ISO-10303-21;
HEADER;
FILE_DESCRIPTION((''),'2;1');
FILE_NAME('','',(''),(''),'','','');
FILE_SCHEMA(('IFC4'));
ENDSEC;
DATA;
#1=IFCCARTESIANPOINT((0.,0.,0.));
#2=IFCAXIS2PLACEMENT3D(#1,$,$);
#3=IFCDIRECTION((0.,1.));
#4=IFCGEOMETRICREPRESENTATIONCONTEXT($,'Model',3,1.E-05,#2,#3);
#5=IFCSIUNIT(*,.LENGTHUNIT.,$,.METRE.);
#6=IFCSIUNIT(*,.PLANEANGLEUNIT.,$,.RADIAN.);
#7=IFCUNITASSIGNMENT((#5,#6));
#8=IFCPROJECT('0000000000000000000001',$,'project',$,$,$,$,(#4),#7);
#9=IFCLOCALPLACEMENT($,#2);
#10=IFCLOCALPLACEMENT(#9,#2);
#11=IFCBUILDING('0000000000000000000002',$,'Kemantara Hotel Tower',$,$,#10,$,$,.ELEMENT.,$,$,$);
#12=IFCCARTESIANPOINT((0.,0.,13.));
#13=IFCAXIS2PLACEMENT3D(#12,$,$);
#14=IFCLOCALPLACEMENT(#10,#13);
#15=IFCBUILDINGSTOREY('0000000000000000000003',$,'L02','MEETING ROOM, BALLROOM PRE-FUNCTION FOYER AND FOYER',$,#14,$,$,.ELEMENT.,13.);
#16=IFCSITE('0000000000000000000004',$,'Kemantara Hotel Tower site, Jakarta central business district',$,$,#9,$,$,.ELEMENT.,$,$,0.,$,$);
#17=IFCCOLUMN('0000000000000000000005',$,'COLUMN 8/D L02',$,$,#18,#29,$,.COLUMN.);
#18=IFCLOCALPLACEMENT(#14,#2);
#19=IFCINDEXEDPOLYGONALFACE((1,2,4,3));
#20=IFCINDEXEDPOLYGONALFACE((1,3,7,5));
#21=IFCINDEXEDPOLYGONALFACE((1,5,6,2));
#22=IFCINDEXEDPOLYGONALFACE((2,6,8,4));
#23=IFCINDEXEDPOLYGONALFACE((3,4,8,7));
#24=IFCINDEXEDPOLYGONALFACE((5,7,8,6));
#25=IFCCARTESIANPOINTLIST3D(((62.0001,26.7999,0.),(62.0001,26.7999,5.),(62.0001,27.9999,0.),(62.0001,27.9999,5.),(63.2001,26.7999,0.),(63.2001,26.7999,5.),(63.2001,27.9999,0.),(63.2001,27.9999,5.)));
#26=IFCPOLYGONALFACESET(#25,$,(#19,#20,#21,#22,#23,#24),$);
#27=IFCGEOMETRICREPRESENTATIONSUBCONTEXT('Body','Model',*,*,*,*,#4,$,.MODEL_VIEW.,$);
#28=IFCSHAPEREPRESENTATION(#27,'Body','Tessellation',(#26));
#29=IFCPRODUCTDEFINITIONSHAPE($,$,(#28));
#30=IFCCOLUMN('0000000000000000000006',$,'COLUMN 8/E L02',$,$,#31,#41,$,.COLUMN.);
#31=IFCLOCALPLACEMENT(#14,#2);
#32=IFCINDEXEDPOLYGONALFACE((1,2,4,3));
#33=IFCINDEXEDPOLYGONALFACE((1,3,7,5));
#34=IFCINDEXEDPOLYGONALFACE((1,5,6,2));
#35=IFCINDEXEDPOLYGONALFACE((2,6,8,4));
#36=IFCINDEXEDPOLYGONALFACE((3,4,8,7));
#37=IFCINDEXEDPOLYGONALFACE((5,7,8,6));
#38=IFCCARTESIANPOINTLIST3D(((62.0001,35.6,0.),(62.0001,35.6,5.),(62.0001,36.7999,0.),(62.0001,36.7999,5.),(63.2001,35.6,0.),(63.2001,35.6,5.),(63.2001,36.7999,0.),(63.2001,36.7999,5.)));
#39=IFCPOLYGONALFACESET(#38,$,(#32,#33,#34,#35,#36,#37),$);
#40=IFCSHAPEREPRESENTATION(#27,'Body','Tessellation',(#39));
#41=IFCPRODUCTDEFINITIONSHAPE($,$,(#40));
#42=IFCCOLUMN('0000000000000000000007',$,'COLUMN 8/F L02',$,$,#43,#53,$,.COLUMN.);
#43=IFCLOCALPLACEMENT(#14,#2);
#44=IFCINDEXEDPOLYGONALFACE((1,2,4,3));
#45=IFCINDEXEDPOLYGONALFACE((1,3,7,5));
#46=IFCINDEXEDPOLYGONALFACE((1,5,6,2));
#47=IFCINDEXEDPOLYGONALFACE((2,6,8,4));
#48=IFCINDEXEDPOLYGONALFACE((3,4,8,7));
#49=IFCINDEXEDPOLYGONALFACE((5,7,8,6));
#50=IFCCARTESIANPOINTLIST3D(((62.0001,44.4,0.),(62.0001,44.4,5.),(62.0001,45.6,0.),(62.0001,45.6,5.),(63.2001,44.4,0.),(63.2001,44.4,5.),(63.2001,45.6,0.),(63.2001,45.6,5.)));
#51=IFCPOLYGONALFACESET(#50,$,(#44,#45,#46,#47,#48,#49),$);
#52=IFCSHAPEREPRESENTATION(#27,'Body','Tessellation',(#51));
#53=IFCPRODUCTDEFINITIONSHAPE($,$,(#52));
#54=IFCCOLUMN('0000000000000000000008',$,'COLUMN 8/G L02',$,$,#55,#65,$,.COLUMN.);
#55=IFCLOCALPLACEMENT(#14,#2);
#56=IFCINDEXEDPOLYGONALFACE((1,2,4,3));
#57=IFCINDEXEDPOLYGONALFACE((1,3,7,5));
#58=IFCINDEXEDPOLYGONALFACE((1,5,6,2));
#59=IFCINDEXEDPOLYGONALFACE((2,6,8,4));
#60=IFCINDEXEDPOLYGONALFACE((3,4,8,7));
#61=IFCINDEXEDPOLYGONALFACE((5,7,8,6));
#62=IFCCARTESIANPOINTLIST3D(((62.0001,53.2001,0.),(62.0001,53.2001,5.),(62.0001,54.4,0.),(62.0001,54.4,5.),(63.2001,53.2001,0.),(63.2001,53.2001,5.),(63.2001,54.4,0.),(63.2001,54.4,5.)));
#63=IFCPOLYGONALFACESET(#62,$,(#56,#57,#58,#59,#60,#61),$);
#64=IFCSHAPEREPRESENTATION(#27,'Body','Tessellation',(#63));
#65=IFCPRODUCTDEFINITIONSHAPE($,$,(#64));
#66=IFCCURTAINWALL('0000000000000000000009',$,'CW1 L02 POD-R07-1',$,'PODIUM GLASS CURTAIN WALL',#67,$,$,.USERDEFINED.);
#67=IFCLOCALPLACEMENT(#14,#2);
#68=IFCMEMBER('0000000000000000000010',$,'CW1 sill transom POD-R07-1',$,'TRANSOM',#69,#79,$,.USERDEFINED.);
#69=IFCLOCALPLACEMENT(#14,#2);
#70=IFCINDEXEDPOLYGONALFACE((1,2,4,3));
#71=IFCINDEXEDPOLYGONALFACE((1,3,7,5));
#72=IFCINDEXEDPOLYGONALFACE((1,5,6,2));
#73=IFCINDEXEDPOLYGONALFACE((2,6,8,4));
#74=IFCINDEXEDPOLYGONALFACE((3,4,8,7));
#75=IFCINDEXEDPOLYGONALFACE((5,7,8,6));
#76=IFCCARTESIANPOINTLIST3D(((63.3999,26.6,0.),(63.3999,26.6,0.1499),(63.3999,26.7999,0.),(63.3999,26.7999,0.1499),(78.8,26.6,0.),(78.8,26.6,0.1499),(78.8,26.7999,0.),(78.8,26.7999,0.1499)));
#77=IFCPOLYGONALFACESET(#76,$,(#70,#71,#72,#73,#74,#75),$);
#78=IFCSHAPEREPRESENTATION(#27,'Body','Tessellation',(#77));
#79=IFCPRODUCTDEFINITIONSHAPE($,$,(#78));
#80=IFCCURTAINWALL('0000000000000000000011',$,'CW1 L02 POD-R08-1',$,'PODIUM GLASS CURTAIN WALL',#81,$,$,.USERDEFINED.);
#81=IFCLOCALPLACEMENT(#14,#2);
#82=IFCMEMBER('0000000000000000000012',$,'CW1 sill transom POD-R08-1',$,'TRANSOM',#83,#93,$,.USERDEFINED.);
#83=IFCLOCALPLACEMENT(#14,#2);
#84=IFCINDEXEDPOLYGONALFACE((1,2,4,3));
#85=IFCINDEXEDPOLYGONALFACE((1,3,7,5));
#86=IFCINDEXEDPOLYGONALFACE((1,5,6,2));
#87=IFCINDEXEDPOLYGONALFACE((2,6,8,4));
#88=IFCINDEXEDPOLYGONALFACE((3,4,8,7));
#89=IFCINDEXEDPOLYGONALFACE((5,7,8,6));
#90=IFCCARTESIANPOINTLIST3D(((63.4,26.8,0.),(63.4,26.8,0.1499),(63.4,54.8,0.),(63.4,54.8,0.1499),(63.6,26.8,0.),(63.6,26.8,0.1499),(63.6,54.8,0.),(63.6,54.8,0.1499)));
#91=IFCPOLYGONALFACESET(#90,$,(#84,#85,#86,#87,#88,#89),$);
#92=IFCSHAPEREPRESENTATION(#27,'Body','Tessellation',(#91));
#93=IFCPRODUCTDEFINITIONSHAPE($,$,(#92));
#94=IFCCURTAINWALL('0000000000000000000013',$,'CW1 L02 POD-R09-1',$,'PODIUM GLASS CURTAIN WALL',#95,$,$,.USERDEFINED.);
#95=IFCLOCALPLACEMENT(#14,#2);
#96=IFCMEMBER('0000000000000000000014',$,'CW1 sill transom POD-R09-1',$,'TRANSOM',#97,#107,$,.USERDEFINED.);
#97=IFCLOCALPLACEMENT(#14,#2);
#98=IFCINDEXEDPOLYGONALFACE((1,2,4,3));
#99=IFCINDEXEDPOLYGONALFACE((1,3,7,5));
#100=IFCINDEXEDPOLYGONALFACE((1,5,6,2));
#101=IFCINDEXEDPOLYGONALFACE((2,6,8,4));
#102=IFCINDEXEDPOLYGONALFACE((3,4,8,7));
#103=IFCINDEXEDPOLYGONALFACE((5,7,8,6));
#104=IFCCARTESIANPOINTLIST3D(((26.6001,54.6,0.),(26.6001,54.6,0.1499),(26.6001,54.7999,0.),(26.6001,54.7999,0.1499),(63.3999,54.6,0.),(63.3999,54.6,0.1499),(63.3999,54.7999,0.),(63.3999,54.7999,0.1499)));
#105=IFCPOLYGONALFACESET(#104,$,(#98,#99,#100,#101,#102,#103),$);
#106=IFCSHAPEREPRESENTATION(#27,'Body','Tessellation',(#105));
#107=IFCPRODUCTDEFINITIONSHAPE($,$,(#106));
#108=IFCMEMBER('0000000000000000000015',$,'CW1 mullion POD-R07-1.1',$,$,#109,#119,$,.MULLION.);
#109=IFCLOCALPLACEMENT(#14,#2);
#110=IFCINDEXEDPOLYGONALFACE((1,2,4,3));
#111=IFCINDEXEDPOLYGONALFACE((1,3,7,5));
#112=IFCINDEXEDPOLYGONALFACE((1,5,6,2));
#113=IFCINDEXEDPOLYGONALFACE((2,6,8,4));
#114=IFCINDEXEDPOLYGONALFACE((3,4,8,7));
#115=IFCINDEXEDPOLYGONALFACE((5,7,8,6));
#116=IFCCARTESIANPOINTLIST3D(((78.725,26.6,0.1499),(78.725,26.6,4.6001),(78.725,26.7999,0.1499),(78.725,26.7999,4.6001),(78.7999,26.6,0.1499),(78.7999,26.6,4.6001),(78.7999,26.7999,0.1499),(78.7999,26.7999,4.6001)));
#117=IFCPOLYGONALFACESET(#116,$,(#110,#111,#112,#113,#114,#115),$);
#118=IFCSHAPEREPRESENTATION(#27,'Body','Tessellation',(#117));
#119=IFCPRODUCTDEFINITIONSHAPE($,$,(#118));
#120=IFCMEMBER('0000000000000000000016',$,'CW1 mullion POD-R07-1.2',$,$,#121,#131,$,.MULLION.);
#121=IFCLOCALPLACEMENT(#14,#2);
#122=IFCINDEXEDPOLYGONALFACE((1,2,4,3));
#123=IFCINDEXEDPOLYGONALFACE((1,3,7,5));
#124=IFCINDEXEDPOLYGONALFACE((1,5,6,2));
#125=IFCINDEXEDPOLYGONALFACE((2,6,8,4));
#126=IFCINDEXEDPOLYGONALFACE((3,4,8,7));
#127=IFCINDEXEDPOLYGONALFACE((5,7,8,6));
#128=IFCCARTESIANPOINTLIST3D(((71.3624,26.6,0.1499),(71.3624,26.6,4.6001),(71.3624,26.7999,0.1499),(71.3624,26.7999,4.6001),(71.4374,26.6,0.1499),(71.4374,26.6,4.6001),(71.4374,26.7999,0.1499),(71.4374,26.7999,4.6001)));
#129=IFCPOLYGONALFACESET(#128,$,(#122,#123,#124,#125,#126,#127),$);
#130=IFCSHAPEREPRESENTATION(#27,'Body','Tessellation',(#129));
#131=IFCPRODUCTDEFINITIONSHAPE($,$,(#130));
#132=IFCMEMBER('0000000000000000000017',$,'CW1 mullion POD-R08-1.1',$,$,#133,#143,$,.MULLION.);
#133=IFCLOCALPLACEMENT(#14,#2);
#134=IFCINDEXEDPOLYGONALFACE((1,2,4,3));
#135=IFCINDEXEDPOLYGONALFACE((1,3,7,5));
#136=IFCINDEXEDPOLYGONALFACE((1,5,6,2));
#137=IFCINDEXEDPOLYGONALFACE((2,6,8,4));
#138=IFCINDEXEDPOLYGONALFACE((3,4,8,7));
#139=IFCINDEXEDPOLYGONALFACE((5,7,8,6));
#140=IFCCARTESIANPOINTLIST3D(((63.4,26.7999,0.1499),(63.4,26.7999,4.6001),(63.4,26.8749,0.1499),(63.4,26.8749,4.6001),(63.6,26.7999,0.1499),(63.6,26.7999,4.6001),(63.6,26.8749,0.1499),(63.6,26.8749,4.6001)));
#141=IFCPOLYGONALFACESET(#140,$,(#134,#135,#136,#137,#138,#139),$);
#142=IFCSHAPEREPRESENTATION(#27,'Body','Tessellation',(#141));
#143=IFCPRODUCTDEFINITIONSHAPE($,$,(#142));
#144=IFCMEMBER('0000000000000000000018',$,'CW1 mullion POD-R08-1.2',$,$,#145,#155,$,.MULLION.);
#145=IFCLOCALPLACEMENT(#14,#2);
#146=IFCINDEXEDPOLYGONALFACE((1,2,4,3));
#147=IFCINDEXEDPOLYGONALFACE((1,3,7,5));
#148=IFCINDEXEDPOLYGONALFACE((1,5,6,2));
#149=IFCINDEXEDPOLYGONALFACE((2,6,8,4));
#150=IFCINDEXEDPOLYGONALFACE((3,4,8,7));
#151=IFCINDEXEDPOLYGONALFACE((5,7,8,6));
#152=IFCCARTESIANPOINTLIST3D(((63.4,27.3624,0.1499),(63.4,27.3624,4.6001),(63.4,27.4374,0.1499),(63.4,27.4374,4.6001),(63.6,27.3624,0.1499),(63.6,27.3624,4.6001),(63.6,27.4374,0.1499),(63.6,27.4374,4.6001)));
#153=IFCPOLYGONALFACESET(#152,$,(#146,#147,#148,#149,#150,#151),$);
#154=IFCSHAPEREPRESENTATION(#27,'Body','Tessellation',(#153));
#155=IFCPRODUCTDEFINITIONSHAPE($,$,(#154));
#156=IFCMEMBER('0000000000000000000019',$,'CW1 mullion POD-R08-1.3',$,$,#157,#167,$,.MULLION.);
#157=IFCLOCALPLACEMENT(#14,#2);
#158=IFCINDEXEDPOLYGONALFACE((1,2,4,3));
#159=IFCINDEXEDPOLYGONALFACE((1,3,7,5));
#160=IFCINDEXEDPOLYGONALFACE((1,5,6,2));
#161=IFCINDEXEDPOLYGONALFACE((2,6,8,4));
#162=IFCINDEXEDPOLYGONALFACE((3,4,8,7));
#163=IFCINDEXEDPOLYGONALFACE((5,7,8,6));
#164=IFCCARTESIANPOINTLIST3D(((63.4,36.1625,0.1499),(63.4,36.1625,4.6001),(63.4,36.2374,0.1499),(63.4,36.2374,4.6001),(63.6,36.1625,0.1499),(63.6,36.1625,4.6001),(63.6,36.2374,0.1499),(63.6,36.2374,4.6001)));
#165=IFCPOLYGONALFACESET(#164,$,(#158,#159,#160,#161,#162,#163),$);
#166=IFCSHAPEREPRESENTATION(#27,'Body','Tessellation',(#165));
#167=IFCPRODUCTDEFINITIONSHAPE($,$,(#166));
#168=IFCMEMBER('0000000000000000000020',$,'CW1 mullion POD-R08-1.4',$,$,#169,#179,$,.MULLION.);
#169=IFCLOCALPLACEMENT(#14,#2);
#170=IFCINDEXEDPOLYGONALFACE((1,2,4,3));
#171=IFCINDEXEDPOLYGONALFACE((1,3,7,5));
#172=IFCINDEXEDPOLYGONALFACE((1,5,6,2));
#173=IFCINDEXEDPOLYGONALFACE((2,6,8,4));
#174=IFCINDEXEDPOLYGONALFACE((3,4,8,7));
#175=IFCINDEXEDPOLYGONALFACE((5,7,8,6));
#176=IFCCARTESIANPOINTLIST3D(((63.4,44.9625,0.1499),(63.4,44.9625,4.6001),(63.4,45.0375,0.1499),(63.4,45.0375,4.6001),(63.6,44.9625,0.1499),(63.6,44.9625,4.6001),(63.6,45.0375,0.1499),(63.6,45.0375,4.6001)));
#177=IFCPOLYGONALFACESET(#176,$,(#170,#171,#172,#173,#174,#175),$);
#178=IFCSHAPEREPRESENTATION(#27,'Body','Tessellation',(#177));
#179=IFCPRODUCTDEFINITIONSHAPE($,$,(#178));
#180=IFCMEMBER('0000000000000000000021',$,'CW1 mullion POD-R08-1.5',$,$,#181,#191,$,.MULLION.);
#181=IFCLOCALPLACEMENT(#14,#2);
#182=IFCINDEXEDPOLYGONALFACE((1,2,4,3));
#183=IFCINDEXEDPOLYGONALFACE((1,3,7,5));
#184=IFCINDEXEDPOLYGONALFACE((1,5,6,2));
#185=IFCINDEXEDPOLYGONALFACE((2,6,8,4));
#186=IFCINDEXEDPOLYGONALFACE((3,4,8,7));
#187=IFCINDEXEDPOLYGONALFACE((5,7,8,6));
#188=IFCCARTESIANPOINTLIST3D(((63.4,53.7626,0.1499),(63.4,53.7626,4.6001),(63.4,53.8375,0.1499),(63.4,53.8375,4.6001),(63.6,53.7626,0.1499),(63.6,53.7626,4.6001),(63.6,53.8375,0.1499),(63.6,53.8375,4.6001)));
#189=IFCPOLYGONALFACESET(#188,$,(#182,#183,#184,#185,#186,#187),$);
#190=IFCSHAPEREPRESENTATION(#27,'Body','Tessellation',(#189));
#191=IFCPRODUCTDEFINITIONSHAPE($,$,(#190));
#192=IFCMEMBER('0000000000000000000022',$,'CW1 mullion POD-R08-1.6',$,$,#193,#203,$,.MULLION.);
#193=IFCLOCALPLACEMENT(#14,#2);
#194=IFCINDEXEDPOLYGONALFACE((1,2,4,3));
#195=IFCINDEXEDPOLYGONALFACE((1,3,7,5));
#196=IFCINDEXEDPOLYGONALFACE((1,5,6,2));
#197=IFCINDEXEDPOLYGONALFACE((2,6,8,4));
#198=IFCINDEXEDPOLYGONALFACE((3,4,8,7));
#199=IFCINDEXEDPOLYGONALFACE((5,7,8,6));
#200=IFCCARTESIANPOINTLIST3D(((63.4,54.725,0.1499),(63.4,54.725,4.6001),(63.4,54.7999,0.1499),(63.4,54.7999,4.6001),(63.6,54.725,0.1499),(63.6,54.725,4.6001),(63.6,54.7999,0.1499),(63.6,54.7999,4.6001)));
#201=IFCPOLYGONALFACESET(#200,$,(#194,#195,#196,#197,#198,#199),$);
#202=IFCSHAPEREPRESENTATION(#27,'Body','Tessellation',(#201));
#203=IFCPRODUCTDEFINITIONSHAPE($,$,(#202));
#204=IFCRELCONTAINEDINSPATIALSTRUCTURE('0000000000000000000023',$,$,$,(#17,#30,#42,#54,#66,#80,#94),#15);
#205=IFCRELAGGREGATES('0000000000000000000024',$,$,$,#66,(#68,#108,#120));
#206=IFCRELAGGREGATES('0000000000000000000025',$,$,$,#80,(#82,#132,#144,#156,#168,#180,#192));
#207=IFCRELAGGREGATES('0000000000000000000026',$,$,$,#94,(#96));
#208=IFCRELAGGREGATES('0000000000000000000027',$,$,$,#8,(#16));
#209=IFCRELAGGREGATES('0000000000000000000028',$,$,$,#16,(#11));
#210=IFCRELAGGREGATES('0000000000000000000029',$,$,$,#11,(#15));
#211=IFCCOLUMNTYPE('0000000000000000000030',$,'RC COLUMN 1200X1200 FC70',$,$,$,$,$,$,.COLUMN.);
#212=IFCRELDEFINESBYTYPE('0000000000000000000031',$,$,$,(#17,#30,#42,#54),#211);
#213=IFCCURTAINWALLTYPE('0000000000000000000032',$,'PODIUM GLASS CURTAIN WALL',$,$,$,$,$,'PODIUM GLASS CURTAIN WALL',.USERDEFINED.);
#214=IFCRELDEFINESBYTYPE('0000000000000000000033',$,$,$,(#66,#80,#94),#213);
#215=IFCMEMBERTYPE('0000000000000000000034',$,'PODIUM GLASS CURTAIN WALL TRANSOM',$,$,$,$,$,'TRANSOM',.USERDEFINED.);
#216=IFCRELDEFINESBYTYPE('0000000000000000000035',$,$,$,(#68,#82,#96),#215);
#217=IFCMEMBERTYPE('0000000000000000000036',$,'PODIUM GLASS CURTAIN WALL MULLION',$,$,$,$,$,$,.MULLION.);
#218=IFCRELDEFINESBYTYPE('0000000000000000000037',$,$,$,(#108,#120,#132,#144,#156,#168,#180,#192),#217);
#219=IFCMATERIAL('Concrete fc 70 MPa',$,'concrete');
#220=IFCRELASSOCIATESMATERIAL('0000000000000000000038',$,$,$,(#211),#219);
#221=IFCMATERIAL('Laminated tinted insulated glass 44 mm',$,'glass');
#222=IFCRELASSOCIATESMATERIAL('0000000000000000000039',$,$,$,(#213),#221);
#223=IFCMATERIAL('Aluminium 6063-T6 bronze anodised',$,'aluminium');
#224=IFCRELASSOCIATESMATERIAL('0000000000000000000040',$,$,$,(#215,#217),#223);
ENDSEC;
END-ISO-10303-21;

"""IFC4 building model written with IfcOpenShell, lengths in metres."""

from ifc_helpers import new_model, si_unit, direction, frame, origin, origin_2d, place, context, subcontext, project, spatial, rectangle, extrude, source, transform, mapped, material, material_profile, profile_set, type_object, element, aggregate, save


model = new_model("IFC4")

# Units and contexts
model_context = context("Model", 3, precision=1e-05, world=origin(), true_north=direction((0.0, 1.0)))
body_context = subcontext(model_context, "Body", "Model", "MODEL_VIEW")
ifc_project = project(units=[si_unit("LENGTHUNIT", "METRE"), si_unit("PLANEANGLEUNIT", "RADIAN")], contexts=[model_context])

# Site, building, storey
site_placement = place(None, origin())
site = spatial("IfcSite", under=ifc_project, at=site_placement, Name="Kemantara Hotel Tower site, Jakarta central business district", CompositionType="ELEMENT", RefElevation=0.0)
building_placement = place(site_placement, origin())
building = spatial("IfcBuilding", under=site, at=building_placement, Name="Kemantara Hotel Tower", CompositionType="ELEMENT")
storey_placement = place(building_placement, frame((0.0, 0.0, 13.0)))
storey = spatial("IfcBuildingStorey", under=building, at=storey_placement, Name="L02", Description="MEETING ROOM, BALLROOM PRE-FUNCTION FOYER AND FOYER", CompositionType="ELEMENT", Elevation=13.0)

# Columns
ifc_material_1 = material(Name="Concrete fc 70 MPa", Category="concrete")
ifc_material_profile_1 = material_profile(ifc_material_1, rectangle(XDim=1.2, YDim=1.2, at=origin_2d()), Name="RC 1200X1200")
ifc_profile_set_1 = profile_set([ifc_material_profile_1], Name="Concrete fc 70 MPa")
column_type = type_object("IfcColumnType", Name="RC COLUMN 1200X1200 FC70", PredefinedType="COLUMN", material=ifc_profile_set_1)
for number, where, z_axis, x_axis, name in (
    (1, (62.6001, 27.3999, 0.0), (0.0, 0.0, 1.0), (1.0, 0.0, 0.0), "COLUMN 8/D L02"),
    (2, (62.6001, 36.2, 0.0), (0.0, 0.0, 1.0), (1.0, 0.0, 0.0), "COLUMN 8/E L02"),
    (3, (62.6001, 45.0, 0.0), (0.0, 0.0, 1.0), (1.0, 0.0, 0.0), "COLUMN 8/F L02"),
    (4, (62.6001, 53.8, 0.0), (0.0, 0.0, 1.0), (1.0, 0.0, 0.0), "COLUMN 8/G L02"),
):
    element("IfcColumn", number, at=place(storey_placement, frame(where, z_axis=z_axis, x_axis=x_axis)), inside=storey, type_object=column_type, Name=name, PredefinedType="COLUMN", context=body_context, shape_type="SweptSolid", body=[
        extrude(rectangle(XDim=1.2, YDim=1.2, at=origin_2d()), origin(), (0.0, 0.0, 1.0), 5.0),
    ])

# Curtain walls, members
ifc_material_2 = material(Name="Laminated tinted insulated glass 44 mm", Category="glass")
curtain_wall_type = type_object("IfcCurtainWallType", Name="PODIUM GLASS CURTAIN WALL", ElementType="PODIUM GLASS CURTAIN WALL", PredefinedType="USERDEFINED", material=ifc_material_2)
curtain_wall_1_placement = place(storey_placement, origin())
curtain_wall_1 = element("IfcCurtainWall", 5, at=curtain_wall_1_placement, inside=storey, type_object=curtain_wall_type, Name="CW1 L02 POD-R07-1", ObjectType="PODIUM GLASS CURTAIN WALL", PredefinedType="USERDEFINED")
ifc_material_3 = material(Name="Aluminium 6063-T6 bronze anodised", Category="aluminium")
ifc_material_profile_2 = material_profile(ifc_material_3, rectangle(XDim=0.2, YDim=0.1499, at=origin_2d()), Name="PODIUM GLASS CURTAIN WALL TRANSOM")
ifc_profile_set_2 = profile_set([ifc_material_profile_2], Name="Aluminium 6063-T6 bronze anodised")
member_type_1 = type_object("IfcMemberType", Name="PODIUM GLASS CURTAIN WALL TRANSOM", ElementType="TRANSOM", PredefinedType="USERDEFINED", material=ifc_profile_set_2)
member_1_placement = place(storey_placement, frame((78.8, 26.7, 0.075), z_axis=(-1.0, 0.0, 0.0), x_axis=(0.0, -1.0, 0.0)))
member_1 = element("IfcMember", 6, at=member_1_placement, type_object=member_type_1, Name="CW1 sill transom POD-R07-1", ObjectType="TRANSOM", PredefinedType="USERDEFINED", context=body_context, shape_type="SweptSolid", body=[
    extrude(rectangle(XDim=0.2, YDim=0.1499, at=origin_2d()), origin(), (0.0, 0.0, 1.0), 15.4001),
])
curtain_wall_2_placement = place(storey_placement, origin())
curtain_wall_2 = element("IfcCurtainWall", 7, at=curtain_wall_2_placement, inside=storey, type_object=curtain_wall_type, Name="CW1 L02 POD-R08-1", ObjectType="PODIUM GLASS CURTAIN WALL", PredefinedType="USERDEFINED")
member_2_placement = place(storey_placement, frame((63.5, 26.8, 0.075), z_axis=(0.0, 1.0, 0.0), x_axis=(-1.0, 0.0, 0.0)))
member_2 = element("IfcMember", 8, at=member_2_placement, type_object=member_type_1, Name="CW1 sill transom POD-R08-1", ObjectType="TRANSOM", PredefinedType="USERDEFINED", context=body_context, shape_type="SweptSolid", body=[
    extrude(rectangle(XDim=0.2, YDim=0.1499, at=origin_2d()), origin(), (0.0, 0.0, 1.0), 28.0),
])
curtain_wall_3_placement = place(storey_placement, origin())
curtain_wall_3 = element("IfcCurtainWall", 9, at=curtain_wall_3_placement, inside=storey, type_object=curtain_wall_type, Name="CW1 L02 POD-R09-1", ObjectType="PODIUM GLASS CURTAIN WALL", PredefinedType="USERDEFINED")
member_3_placement = place(storey_placement, frame((63.3999, 54.7, 0.075), z_axis=(-1.0, 0.0, 0.0), x_axis=(0.0, -1.0, 0.0)))
member_3 = element("IfcMember", 10, at=member_3_placement, type_object=member_type_1, Name="CW1 sill transom POD-R09-1", ObjectType="TRANSOM", PredefinedType="USERDEFINED", context=body_context, shape_type="SweptSolid", body=[
    extrude(rectangle(XDim=0.2, YDim=0.1499, at=origin_2d()), origin(), (0.0, 0.0, 1.0), 36.7998),
])

# Members
ifc_material_profile_3 = material_profile(ifc_material_3, rectangle(XDim=0.2, YDim=0.075, at=origin_2d()), Name="PODIUM GLASS CURTAIN WALL MULLION")
ifc_profile_set_3 = profile_set([ifc_material_profile_3], Name="Aluminium 6063-T6 bronze anodised")
member_type_2 = type_object("IfcMemberType", Name="PODIUM GLASS CURTAIN WALL MULLION", PredefinedType="MULLION", material=ifc_profile_set_3)
shared_shape_1 = source(origin(), body_context, "Body", "SweptSolid", [
    extrude(rectangle(XDim=0.2, YDim=0.075, at=origin_2d()), origin(), (0.0, 0.0, 1.0), 4.4502),
])
member_4_placement = place(storey_placement, frame((78.7625, 26.7, 0.1499), z_axis=(0.0, 0.0, 1.0), x_axis=(0.0, -1.0, 0.0)))
member_4 = element("IfcMember", 11, at=member_4_placement, type_object=member_type_2, Name="CW1 mullion POD-R07-1.1", PredefinedType="MULLION", context=body_context, shape_type="MappedRepresentation", body=[
    mapped(shared_shape_1, transform((0.0, 0.0, 0.0))),
])
member_5_placement = place(storey_placement, frame((71.3999, 26.7, 0.1499), z_axis=(0.0, 0.0, 1.0), x_axis=(0.0, -1.0, 0.0)))
member_5 = element("IfcMember", 12, at=member_5_placement, type_object=member_type_2, Name="CW1 mullion POD-R07-1.2", PredefinedType="MULLION", context=body_context, shape_type="MappedRepresentation", body=[
    mapped(shared_shape_1, transform((0.0, 0.0, 0.0))),
])
member_6_placement = place(storey_placement, frame((63.5, 26.8374, 0.1499), z_axis=(0.0, 0.0, 1.0), x_axis=(-1.0, 0.0, 0.0)))
member_6 = element("IfcMember", 13, at=member_6_placement, type_object=member_type_2, Name="CW1 mullion POD-R08-1.1", PredefinedType="MULLION", context=body_context, shape_type="MappedRepresentation", body=[
    mapped(shared_shape_1, transform((0.0, 0.0, 0.0))),
])
member_7_placement = place(storey_placement, frame((63.5, 27.3999, 0.1499), z_axis=(0.0, 0.0, 1.0), x_axis=(-1.0, 0.0, 0.0)))
member_7 = element("IfcMember", 14, at=member_7_placement, type_object=member_type_2, Name="CW1 mullion POD-R08-1.2", PredefinedType="MULLION", context=body_context, shape_type="MappedRepresentation", body=[
    mapped(shared_shape_1, transform((0.0, 0.0, 0.0))),
])
member_8_placement = place(storey_placement, frame((63.5, 36.2, 0.1499), z_axis=(0.0, 0.0, 1.0), x_axis=(-1.0, 0.0, 0.0)))
member_8 = element("IfcMember", 15, at=member_8_placement, type_object=member_type_2, Name="CW1 mullion POD-R08-1.3", PredefinedType="MULLION", context=body_context, shape_type="MappedRepresentation", body=[
    mapped(shared_shape_1, transform((0.0, 0.0, 0.0))),
])
member_9_placement = place(storey_placement, frame((63.5, 45.0, 0.1499), z_axis=(0.0, 0.0, 1.0), x_axis=(-1.0, 0.0, 0.0)))
member_9 = element("IfcMember", 16, at=member_9_placement, type_object=member_type_2, Name="CW1 mullion POD-R08-1.4", PredefinedType="MULLION", context=body_context, shape_type="MappedRepresentation", body=[
    mapped(shared_shape_1, transform((0.0, 0.0, 0.0))),
])
member_10_placement = place(storey_placement, frame((63.5, 53.8, 0.1499), z_axis=(0.0, 0.0, 1.0), x_axis=(-1.0, 0.0, 0.0)))
member_10 = element("IfcMember", 17, at=member_10_placement, type_object=member_type_2, Name="CW1 mullion POD-R08-1.5", PredefinedType="MULLION", context=body_context, shape_type="MappedRepresentation", body=[
    mapped(shared_shape_1, transform((0.0, 0.0, 0.0))),
])
member_11_placement = place(storey_placement, frame((63.5, 54.7625, 0.1499), z_axis=(0.0, 0.0, 1.0), x_axis=(-1.0, 0.0, 0.0)))
member_11 = element("IfcMember", 18, at=member_11_placement, type_object=member_type_2, Name="CW1 mullion POD-R08-1.6", PredefinedType="MULLION", context=body_context, shape_type="MappedRepresentation", body=[
    mapped(shared_shape_1, transform((0.0, 0.0, 0.0))),
])

aggregate(curtain_wall_1, [member_1, member_4, member_5])
aggregate(curtain_wall_2, [member_2, member_6, member_7, member_8, member_9, member_10, member_11])
aggregate(curtain_wall_3, [member_3])

save(model, "model.ifc")
